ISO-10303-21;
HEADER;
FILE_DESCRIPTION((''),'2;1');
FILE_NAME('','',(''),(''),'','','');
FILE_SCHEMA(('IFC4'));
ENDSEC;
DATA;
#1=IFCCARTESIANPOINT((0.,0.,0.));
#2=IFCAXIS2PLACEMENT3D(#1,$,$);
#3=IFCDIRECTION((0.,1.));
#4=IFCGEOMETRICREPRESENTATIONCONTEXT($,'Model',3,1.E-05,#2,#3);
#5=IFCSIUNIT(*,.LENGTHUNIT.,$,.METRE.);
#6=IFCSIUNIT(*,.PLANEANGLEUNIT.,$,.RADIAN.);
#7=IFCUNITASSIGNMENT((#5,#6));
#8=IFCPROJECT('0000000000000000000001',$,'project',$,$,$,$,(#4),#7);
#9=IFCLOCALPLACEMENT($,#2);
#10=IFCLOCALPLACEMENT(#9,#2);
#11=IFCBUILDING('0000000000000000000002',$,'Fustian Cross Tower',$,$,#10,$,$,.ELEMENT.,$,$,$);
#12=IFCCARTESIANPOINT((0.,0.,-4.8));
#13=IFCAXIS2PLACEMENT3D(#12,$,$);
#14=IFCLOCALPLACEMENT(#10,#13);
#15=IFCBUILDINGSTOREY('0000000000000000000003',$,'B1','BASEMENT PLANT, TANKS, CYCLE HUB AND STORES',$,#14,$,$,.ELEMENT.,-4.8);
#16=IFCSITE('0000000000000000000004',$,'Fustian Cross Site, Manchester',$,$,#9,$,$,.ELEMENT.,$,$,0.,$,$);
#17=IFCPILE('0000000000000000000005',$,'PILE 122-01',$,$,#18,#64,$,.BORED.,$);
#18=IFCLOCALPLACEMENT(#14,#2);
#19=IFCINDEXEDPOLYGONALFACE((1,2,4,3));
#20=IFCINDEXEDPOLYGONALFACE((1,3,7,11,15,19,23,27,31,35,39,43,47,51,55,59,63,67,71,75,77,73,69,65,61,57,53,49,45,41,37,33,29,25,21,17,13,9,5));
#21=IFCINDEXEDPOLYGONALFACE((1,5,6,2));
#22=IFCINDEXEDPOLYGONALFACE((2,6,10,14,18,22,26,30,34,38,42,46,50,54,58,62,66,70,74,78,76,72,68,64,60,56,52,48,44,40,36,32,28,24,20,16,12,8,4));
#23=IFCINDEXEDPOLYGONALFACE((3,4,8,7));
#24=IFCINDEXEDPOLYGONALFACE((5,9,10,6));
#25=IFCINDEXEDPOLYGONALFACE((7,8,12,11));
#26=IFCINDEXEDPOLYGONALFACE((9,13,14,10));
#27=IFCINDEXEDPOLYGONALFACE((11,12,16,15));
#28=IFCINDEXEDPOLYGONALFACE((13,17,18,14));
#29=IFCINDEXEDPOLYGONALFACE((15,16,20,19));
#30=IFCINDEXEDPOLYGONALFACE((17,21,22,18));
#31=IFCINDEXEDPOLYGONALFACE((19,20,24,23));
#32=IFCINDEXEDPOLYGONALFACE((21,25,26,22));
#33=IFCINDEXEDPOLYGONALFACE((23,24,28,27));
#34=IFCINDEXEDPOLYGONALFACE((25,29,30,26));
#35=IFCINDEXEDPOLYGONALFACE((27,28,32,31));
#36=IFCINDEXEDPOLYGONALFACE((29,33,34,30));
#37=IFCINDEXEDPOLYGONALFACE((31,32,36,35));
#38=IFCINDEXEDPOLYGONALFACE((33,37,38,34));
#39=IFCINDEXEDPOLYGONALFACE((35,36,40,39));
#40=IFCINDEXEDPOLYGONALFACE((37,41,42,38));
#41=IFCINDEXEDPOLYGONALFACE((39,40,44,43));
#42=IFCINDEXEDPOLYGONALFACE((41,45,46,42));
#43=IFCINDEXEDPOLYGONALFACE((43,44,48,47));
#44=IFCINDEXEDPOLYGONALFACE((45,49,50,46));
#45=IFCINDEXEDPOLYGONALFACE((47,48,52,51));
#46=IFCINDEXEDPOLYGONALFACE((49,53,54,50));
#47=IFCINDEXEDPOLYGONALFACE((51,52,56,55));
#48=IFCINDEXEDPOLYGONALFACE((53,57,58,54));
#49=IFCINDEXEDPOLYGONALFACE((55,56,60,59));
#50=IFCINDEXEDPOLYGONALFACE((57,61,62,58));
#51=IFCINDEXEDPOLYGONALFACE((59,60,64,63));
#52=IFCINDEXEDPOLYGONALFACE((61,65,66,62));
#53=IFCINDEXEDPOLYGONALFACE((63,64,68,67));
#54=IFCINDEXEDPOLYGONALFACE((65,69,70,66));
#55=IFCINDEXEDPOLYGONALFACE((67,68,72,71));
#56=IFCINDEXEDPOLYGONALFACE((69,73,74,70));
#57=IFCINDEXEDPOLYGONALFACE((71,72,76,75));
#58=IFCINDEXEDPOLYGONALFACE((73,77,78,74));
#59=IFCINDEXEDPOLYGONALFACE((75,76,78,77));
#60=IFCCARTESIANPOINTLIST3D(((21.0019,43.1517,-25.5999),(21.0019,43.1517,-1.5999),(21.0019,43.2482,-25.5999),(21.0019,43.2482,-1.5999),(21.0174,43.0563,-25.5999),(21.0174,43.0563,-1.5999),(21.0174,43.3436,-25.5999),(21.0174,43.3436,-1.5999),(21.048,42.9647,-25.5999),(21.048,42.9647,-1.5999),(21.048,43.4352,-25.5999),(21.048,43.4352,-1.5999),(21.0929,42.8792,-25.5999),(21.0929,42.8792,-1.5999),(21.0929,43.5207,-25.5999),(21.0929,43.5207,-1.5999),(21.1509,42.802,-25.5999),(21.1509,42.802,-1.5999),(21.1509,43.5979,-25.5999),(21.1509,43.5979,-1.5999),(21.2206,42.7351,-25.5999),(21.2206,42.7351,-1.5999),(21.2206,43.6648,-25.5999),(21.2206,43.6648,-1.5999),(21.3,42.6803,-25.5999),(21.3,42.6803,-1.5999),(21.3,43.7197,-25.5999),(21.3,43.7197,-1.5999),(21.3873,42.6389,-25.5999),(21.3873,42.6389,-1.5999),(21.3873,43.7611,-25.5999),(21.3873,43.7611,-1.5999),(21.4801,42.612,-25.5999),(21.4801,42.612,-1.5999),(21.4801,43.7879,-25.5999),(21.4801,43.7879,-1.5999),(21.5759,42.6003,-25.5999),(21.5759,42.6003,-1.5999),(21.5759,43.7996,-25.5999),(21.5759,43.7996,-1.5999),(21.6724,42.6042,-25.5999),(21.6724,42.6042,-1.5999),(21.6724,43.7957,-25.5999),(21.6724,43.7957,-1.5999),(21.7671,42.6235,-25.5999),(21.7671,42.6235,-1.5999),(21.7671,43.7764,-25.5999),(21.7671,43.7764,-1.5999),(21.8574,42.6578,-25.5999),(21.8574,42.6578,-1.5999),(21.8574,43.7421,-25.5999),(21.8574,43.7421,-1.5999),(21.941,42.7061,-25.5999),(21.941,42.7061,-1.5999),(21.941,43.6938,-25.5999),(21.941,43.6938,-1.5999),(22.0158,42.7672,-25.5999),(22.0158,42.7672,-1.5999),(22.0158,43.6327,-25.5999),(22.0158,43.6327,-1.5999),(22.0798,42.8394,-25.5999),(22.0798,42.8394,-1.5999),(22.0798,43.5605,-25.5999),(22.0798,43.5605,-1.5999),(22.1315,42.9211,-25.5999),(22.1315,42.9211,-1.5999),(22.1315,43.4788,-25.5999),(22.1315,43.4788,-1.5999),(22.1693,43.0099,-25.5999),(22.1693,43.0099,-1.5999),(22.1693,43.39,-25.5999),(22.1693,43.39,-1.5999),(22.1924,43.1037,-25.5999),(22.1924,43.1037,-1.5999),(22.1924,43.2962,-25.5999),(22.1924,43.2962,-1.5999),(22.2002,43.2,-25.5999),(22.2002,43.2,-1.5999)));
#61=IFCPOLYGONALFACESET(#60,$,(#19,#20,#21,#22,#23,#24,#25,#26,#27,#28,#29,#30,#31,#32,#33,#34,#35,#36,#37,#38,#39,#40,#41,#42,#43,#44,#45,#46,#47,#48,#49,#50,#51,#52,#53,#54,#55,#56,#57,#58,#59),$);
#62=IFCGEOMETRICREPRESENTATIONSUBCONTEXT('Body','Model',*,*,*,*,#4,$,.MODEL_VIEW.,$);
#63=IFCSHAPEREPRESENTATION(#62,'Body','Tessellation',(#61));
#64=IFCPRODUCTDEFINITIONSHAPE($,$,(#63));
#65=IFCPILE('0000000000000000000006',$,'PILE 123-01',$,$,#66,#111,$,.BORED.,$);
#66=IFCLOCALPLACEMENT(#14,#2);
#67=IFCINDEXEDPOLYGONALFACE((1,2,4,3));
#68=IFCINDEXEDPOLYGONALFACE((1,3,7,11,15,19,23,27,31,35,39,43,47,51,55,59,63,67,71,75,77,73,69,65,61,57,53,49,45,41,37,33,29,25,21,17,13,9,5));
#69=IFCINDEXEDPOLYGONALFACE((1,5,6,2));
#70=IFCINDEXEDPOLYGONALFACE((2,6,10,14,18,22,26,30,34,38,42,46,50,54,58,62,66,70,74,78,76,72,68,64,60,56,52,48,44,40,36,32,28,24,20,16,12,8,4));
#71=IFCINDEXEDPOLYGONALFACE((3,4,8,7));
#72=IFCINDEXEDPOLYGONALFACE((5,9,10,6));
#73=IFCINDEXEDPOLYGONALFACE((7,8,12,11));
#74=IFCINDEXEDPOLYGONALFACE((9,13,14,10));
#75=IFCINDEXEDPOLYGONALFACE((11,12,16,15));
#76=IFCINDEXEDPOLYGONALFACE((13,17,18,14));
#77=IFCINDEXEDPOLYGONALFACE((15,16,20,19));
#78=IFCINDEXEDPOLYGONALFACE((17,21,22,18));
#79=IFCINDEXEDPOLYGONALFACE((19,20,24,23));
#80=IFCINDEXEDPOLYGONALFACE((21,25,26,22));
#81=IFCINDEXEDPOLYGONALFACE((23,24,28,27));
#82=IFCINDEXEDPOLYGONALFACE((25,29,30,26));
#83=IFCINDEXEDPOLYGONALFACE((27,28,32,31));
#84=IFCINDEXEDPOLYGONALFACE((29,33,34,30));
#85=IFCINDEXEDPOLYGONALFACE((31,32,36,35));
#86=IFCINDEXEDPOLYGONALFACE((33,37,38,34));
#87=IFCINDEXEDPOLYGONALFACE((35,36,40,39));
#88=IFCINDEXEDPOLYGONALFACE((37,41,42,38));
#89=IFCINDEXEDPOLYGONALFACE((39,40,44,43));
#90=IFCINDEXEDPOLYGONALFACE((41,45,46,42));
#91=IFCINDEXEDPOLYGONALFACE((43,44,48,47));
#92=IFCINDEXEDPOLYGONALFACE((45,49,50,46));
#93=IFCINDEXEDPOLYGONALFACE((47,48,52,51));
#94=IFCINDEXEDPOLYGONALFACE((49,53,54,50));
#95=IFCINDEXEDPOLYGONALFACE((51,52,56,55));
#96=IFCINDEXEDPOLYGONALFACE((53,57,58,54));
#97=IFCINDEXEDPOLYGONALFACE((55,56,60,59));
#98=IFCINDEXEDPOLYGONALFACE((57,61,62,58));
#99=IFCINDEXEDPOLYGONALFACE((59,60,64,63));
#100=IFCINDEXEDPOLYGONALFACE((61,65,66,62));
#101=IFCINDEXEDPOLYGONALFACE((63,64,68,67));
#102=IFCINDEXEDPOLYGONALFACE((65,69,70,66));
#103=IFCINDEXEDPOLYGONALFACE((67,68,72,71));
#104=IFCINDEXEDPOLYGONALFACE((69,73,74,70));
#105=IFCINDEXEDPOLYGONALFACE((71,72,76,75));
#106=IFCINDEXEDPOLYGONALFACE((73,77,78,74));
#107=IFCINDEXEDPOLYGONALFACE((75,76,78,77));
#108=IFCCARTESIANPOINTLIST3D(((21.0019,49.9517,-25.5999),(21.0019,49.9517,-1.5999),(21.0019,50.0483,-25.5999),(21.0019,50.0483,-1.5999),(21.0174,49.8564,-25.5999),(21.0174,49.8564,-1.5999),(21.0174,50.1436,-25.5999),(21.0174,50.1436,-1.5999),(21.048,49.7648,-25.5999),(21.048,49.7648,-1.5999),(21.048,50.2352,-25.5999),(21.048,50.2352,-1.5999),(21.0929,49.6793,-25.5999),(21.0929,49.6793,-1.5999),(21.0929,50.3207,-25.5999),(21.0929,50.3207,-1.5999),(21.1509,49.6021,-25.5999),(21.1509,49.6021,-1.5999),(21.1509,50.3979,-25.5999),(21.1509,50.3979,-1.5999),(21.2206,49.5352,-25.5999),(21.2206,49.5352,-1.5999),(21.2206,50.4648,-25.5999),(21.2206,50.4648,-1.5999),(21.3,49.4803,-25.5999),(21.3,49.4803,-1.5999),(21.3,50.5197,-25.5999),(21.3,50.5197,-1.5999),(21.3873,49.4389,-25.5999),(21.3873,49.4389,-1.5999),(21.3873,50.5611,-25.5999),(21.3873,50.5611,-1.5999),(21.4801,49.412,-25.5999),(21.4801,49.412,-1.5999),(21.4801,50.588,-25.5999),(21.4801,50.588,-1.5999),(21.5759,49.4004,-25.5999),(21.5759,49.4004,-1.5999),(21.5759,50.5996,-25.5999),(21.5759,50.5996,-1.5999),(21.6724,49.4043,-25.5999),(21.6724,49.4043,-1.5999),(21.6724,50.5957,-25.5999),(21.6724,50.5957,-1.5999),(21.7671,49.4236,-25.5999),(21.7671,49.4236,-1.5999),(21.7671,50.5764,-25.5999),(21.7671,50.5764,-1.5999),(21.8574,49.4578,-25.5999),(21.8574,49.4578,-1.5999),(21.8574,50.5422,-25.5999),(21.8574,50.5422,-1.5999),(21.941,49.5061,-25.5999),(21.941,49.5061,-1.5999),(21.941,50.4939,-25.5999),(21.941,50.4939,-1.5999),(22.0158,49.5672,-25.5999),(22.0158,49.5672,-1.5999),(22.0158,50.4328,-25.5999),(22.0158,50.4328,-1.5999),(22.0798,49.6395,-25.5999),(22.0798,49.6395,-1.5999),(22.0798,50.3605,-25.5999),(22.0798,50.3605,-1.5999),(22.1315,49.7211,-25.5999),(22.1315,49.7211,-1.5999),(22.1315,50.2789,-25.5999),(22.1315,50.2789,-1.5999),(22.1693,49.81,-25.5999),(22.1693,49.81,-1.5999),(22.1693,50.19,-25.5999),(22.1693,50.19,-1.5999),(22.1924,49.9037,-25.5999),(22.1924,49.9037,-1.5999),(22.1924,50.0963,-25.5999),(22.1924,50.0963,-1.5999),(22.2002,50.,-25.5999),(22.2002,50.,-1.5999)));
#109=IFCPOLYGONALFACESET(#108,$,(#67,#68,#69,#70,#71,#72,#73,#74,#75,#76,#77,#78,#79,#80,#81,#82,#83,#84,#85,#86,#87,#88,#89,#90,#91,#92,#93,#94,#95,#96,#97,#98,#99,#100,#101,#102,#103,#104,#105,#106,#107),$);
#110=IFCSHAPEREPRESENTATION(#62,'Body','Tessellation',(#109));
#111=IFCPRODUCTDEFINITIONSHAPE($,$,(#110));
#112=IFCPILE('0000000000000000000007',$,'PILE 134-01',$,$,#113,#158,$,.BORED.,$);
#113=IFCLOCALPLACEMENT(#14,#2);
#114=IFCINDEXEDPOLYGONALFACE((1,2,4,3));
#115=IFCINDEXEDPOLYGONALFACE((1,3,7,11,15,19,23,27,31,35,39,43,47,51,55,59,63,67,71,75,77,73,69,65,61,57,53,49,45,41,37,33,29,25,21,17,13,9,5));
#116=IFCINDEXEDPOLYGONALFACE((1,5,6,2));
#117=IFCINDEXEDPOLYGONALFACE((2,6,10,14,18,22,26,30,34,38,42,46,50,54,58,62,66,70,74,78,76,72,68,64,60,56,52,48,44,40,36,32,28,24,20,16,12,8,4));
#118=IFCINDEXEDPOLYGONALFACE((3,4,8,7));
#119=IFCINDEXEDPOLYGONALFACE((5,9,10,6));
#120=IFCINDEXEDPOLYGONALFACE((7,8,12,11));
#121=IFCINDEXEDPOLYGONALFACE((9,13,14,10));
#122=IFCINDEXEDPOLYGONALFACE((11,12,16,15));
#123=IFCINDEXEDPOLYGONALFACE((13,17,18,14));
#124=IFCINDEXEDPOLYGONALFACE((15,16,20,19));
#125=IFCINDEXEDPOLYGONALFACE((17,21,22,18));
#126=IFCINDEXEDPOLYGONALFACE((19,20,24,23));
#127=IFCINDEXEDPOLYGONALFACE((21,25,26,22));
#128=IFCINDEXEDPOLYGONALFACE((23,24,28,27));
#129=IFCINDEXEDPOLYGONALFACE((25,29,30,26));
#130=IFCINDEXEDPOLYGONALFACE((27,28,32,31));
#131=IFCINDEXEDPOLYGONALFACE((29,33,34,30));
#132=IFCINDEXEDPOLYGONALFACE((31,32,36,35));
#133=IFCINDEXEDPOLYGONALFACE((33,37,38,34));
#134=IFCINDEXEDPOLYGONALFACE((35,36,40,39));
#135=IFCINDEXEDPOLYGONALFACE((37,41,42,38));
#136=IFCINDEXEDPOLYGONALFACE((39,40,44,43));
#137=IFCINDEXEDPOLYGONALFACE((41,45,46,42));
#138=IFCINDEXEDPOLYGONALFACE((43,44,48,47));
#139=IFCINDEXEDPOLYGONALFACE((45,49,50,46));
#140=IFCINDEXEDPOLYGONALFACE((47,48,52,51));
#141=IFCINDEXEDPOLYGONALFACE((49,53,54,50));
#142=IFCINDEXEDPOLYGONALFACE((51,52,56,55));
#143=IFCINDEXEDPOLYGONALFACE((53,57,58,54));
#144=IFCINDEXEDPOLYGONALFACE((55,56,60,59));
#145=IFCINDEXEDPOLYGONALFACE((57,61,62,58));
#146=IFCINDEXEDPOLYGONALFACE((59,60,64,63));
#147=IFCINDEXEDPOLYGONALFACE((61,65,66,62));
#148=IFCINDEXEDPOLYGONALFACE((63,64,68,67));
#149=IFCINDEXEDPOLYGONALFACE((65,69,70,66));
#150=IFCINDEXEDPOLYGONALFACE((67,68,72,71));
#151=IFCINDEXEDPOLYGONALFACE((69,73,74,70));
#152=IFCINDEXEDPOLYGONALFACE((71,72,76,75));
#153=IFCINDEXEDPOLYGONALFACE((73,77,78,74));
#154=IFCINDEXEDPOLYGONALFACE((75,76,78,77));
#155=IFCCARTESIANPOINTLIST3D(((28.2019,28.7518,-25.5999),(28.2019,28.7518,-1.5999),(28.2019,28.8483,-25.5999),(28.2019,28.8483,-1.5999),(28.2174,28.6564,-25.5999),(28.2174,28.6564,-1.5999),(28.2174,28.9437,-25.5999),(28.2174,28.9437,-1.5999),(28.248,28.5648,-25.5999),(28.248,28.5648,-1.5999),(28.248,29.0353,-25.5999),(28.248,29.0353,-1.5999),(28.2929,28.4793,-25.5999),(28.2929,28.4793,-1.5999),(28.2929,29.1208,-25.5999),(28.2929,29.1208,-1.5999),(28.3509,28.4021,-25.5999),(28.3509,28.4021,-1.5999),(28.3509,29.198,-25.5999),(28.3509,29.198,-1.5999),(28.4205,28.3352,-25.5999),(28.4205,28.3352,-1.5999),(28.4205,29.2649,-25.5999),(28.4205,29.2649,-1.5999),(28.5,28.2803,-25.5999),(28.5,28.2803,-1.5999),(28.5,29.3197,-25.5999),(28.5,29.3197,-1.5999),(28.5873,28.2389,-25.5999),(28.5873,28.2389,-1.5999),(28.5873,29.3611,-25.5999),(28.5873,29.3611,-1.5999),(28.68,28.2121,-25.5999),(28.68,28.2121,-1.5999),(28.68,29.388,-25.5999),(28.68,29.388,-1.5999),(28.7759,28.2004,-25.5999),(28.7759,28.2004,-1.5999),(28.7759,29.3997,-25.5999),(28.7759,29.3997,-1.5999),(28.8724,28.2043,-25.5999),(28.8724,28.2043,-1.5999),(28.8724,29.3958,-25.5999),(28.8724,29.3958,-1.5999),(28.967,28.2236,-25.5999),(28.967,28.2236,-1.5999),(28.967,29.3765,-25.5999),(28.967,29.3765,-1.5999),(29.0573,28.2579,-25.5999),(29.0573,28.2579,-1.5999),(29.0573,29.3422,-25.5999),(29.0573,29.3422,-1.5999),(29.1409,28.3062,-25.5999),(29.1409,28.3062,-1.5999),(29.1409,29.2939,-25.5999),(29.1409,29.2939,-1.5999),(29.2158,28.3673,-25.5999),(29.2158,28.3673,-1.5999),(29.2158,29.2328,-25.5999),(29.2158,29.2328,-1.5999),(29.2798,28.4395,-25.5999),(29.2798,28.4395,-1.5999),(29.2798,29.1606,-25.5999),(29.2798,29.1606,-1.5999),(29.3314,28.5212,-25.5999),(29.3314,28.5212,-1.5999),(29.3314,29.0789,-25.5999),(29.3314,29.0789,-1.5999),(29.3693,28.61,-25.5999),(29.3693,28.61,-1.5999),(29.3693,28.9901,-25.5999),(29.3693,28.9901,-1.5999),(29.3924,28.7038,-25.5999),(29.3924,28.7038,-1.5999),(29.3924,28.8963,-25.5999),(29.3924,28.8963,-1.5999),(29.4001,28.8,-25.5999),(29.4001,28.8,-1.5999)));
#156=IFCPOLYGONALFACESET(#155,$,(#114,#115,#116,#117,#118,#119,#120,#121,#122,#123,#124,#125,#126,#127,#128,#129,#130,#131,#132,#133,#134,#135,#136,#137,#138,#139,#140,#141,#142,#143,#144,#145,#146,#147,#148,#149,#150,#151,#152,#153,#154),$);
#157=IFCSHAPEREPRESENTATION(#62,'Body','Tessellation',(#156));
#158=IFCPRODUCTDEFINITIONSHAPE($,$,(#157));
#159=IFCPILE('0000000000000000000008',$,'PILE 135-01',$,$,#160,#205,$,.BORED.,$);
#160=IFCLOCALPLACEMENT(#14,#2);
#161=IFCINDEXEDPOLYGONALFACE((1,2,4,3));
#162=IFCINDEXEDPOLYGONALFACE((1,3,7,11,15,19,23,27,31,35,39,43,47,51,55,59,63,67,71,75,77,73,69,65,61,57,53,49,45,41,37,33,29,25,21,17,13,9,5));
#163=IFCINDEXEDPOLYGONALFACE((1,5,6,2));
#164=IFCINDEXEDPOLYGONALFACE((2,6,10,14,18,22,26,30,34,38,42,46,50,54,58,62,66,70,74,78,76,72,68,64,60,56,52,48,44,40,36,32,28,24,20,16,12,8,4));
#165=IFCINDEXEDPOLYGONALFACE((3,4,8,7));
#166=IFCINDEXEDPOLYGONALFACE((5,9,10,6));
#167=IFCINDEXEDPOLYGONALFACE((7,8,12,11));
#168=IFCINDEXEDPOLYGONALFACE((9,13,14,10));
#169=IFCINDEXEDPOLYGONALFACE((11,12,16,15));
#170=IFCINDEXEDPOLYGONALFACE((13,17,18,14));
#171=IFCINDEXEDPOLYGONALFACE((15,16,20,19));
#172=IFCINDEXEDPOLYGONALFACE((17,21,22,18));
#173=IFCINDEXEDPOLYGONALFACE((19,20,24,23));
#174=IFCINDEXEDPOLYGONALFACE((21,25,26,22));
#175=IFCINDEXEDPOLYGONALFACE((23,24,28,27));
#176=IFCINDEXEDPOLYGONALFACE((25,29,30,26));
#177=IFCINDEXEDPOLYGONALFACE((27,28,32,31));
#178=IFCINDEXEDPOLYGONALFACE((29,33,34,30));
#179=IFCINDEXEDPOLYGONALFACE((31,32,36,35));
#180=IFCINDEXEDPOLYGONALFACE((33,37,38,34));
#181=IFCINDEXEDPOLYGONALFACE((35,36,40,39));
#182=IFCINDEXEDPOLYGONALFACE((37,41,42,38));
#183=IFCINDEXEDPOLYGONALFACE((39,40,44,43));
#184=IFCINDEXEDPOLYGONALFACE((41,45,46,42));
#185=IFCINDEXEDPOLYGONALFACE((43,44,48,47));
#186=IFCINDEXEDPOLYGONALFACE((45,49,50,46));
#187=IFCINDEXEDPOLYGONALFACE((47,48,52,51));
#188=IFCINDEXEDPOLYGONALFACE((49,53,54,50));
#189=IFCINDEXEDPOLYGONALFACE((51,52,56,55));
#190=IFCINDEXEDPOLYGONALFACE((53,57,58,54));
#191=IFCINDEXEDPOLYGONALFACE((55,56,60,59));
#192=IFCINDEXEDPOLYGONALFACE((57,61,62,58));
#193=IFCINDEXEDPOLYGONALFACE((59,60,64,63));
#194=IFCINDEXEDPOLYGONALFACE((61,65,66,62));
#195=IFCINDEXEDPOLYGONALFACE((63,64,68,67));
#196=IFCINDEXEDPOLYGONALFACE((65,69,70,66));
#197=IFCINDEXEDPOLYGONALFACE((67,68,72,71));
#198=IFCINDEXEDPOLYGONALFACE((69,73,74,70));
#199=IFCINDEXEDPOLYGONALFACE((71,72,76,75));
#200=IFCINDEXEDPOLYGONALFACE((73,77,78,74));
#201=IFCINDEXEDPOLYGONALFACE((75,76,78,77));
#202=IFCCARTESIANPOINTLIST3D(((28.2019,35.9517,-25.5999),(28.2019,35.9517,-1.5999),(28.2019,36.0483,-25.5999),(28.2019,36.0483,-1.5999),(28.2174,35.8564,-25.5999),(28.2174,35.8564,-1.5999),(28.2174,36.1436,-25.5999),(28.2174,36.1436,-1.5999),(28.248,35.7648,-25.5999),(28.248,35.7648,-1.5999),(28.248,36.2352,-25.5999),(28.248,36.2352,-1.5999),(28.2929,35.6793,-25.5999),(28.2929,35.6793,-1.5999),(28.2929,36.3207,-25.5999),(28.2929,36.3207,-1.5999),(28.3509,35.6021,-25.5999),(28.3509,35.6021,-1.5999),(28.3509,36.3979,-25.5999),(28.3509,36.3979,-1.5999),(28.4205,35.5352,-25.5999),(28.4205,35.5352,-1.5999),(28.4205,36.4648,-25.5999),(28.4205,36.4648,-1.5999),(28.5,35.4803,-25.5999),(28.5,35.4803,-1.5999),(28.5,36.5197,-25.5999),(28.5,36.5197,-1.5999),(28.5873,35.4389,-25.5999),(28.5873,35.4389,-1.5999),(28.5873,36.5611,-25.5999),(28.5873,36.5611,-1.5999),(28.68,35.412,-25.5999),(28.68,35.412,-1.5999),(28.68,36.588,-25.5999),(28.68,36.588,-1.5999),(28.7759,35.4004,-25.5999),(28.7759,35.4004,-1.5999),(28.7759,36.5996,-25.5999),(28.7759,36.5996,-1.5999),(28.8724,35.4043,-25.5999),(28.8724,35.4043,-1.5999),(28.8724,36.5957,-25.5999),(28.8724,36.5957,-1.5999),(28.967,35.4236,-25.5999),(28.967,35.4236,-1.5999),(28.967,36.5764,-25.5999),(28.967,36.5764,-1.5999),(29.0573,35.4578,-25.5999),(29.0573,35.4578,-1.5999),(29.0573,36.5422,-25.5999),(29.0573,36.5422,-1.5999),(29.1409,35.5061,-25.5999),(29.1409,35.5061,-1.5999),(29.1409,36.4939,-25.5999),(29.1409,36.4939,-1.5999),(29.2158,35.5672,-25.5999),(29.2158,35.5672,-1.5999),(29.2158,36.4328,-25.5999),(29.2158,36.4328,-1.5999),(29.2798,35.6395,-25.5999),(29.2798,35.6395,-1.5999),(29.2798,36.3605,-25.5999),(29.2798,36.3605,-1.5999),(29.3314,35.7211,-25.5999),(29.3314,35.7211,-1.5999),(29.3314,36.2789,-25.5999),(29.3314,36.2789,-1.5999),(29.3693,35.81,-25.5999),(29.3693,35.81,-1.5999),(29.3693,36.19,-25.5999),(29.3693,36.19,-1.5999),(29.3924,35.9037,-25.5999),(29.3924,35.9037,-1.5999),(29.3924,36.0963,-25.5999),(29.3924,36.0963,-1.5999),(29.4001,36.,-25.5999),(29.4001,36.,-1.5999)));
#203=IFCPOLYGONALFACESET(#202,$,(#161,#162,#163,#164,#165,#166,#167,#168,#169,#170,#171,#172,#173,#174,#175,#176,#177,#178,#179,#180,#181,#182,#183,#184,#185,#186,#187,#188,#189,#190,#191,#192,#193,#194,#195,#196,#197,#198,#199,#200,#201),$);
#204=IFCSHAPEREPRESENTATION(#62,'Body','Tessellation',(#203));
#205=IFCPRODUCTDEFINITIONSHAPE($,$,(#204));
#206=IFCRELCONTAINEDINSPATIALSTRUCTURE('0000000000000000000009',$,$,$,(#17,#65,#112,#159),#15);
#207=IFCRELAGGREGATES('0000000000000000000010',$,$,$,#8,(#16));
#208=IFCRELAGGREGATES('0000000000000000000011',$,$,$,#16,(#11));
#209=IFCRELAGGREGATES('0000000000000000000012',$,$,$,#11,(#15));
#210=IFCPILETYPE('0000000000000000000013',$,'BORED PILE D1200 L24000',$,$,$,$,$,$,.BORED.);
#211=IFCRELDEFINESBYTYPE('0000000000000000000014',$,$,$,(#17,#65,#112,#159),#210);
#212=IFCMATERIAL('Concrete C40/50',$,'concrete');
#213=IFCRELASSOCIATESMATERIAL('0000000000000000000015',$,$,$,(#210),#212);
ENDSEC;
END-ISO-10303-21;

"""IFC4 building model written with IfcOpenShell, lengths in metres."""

from ifc_helpers import new_model, si_unit, direction, frame, origin, origin_2d, place, context, subcontext, project, spatial, circle, extrude, material, material_profile, profile_set, type_object, element, save


model = new_model("IFC4")

# Units and contexts
model_context = context("Model", 3, precision=1e-05, world=origin(), true_north=direction((0.0, 1.0)))
body_context = subcontext(model_context, "Body", "Model", "MODEL_VIEW")
ifc_project = project(units=[si_unit("LENGTHUNIT", "METRE"), si_unit("PLANEANGLEUNIT", "RADIAN")], contexts=[model_context])

# Site, building, storey
site_placement = place(None, origin())
site = spatial("IfcSite", under=ifc_project, at=site_placement, Name="Fustian Cross Site, Manchester", CompositionType="ELEMENT", RefElevation=0.0)
building_placement = place(site_placement, origin())
building = spatial("IfcBuilding", under=site, at=building_placement, Name="Fustian Cross Tower", CompositionType="ELEMENT")
storey_placement = place(building_placement, frame((0.0, 0.0, -4.8)))
storey = spatial("IfcBuildingStorey", under=building, at=storey_placement, Name="B1", Description="BASEMENT PLANT, TANKS, CYCLE HUB AND STORES", CompositionType="ELEMENT", Elevation=-4.8)

# Piles
ifc_material_1 = material(Name="Concrete C40/50", Category="concrete")
ifc_material_profile_1 = material_profile(ifc_material_1, circle(Radius=0.6001, at=origin_2d()), Name="BORED PILE D1200 L24000")
ifc_profile_set_1 = profile_set([ifc_material_profile_1], Name="Concrete C40/50")
pile_type = type_object("IfcPileType", Name="BORED PILE D1200 L24000", PredefinedType="BORED", material=ifc_profile_set_1)
for number, where, z_axis, x_axis, name in (
    (1, (21.6001, 43.2, -1.5999), (0.0, 0.0, -1.0), (1.0, 0.0, 0.0), "PILE 122-01"),
    (2, (21.6001, 50.0, -1.5999), (0.0, 0.0, -1.0), (1.0, 0.0, 0.0), "PILE 123-01"),
    (3, (28.8, 28.8, -1.5999), (0.0, 0.0, -1.0), (1.0, 0.0, 0.0), "PILE 134-01"),
    (4, (28.8, 36.0, -1.5999), (0.0, 0.0, -1.0), (1.0, 0.0, 0.0), "PILE 135-01"),
):
    element("IfcPile", number, at=place(storey_placement, frame(where, z_axis=z_axis, x_axis=x_axis)), inside=storey, type_object=pile_type, Name=name, PredefinedType="BORED", context=body_context, shape_type="SweptSolid", body=[
        extrude(circle(Radius=0.6001, at=origin_2d()), origin(), (0.0, 0.0, 1.0), 24.0),
    ])

save(model, "model.ifc")
